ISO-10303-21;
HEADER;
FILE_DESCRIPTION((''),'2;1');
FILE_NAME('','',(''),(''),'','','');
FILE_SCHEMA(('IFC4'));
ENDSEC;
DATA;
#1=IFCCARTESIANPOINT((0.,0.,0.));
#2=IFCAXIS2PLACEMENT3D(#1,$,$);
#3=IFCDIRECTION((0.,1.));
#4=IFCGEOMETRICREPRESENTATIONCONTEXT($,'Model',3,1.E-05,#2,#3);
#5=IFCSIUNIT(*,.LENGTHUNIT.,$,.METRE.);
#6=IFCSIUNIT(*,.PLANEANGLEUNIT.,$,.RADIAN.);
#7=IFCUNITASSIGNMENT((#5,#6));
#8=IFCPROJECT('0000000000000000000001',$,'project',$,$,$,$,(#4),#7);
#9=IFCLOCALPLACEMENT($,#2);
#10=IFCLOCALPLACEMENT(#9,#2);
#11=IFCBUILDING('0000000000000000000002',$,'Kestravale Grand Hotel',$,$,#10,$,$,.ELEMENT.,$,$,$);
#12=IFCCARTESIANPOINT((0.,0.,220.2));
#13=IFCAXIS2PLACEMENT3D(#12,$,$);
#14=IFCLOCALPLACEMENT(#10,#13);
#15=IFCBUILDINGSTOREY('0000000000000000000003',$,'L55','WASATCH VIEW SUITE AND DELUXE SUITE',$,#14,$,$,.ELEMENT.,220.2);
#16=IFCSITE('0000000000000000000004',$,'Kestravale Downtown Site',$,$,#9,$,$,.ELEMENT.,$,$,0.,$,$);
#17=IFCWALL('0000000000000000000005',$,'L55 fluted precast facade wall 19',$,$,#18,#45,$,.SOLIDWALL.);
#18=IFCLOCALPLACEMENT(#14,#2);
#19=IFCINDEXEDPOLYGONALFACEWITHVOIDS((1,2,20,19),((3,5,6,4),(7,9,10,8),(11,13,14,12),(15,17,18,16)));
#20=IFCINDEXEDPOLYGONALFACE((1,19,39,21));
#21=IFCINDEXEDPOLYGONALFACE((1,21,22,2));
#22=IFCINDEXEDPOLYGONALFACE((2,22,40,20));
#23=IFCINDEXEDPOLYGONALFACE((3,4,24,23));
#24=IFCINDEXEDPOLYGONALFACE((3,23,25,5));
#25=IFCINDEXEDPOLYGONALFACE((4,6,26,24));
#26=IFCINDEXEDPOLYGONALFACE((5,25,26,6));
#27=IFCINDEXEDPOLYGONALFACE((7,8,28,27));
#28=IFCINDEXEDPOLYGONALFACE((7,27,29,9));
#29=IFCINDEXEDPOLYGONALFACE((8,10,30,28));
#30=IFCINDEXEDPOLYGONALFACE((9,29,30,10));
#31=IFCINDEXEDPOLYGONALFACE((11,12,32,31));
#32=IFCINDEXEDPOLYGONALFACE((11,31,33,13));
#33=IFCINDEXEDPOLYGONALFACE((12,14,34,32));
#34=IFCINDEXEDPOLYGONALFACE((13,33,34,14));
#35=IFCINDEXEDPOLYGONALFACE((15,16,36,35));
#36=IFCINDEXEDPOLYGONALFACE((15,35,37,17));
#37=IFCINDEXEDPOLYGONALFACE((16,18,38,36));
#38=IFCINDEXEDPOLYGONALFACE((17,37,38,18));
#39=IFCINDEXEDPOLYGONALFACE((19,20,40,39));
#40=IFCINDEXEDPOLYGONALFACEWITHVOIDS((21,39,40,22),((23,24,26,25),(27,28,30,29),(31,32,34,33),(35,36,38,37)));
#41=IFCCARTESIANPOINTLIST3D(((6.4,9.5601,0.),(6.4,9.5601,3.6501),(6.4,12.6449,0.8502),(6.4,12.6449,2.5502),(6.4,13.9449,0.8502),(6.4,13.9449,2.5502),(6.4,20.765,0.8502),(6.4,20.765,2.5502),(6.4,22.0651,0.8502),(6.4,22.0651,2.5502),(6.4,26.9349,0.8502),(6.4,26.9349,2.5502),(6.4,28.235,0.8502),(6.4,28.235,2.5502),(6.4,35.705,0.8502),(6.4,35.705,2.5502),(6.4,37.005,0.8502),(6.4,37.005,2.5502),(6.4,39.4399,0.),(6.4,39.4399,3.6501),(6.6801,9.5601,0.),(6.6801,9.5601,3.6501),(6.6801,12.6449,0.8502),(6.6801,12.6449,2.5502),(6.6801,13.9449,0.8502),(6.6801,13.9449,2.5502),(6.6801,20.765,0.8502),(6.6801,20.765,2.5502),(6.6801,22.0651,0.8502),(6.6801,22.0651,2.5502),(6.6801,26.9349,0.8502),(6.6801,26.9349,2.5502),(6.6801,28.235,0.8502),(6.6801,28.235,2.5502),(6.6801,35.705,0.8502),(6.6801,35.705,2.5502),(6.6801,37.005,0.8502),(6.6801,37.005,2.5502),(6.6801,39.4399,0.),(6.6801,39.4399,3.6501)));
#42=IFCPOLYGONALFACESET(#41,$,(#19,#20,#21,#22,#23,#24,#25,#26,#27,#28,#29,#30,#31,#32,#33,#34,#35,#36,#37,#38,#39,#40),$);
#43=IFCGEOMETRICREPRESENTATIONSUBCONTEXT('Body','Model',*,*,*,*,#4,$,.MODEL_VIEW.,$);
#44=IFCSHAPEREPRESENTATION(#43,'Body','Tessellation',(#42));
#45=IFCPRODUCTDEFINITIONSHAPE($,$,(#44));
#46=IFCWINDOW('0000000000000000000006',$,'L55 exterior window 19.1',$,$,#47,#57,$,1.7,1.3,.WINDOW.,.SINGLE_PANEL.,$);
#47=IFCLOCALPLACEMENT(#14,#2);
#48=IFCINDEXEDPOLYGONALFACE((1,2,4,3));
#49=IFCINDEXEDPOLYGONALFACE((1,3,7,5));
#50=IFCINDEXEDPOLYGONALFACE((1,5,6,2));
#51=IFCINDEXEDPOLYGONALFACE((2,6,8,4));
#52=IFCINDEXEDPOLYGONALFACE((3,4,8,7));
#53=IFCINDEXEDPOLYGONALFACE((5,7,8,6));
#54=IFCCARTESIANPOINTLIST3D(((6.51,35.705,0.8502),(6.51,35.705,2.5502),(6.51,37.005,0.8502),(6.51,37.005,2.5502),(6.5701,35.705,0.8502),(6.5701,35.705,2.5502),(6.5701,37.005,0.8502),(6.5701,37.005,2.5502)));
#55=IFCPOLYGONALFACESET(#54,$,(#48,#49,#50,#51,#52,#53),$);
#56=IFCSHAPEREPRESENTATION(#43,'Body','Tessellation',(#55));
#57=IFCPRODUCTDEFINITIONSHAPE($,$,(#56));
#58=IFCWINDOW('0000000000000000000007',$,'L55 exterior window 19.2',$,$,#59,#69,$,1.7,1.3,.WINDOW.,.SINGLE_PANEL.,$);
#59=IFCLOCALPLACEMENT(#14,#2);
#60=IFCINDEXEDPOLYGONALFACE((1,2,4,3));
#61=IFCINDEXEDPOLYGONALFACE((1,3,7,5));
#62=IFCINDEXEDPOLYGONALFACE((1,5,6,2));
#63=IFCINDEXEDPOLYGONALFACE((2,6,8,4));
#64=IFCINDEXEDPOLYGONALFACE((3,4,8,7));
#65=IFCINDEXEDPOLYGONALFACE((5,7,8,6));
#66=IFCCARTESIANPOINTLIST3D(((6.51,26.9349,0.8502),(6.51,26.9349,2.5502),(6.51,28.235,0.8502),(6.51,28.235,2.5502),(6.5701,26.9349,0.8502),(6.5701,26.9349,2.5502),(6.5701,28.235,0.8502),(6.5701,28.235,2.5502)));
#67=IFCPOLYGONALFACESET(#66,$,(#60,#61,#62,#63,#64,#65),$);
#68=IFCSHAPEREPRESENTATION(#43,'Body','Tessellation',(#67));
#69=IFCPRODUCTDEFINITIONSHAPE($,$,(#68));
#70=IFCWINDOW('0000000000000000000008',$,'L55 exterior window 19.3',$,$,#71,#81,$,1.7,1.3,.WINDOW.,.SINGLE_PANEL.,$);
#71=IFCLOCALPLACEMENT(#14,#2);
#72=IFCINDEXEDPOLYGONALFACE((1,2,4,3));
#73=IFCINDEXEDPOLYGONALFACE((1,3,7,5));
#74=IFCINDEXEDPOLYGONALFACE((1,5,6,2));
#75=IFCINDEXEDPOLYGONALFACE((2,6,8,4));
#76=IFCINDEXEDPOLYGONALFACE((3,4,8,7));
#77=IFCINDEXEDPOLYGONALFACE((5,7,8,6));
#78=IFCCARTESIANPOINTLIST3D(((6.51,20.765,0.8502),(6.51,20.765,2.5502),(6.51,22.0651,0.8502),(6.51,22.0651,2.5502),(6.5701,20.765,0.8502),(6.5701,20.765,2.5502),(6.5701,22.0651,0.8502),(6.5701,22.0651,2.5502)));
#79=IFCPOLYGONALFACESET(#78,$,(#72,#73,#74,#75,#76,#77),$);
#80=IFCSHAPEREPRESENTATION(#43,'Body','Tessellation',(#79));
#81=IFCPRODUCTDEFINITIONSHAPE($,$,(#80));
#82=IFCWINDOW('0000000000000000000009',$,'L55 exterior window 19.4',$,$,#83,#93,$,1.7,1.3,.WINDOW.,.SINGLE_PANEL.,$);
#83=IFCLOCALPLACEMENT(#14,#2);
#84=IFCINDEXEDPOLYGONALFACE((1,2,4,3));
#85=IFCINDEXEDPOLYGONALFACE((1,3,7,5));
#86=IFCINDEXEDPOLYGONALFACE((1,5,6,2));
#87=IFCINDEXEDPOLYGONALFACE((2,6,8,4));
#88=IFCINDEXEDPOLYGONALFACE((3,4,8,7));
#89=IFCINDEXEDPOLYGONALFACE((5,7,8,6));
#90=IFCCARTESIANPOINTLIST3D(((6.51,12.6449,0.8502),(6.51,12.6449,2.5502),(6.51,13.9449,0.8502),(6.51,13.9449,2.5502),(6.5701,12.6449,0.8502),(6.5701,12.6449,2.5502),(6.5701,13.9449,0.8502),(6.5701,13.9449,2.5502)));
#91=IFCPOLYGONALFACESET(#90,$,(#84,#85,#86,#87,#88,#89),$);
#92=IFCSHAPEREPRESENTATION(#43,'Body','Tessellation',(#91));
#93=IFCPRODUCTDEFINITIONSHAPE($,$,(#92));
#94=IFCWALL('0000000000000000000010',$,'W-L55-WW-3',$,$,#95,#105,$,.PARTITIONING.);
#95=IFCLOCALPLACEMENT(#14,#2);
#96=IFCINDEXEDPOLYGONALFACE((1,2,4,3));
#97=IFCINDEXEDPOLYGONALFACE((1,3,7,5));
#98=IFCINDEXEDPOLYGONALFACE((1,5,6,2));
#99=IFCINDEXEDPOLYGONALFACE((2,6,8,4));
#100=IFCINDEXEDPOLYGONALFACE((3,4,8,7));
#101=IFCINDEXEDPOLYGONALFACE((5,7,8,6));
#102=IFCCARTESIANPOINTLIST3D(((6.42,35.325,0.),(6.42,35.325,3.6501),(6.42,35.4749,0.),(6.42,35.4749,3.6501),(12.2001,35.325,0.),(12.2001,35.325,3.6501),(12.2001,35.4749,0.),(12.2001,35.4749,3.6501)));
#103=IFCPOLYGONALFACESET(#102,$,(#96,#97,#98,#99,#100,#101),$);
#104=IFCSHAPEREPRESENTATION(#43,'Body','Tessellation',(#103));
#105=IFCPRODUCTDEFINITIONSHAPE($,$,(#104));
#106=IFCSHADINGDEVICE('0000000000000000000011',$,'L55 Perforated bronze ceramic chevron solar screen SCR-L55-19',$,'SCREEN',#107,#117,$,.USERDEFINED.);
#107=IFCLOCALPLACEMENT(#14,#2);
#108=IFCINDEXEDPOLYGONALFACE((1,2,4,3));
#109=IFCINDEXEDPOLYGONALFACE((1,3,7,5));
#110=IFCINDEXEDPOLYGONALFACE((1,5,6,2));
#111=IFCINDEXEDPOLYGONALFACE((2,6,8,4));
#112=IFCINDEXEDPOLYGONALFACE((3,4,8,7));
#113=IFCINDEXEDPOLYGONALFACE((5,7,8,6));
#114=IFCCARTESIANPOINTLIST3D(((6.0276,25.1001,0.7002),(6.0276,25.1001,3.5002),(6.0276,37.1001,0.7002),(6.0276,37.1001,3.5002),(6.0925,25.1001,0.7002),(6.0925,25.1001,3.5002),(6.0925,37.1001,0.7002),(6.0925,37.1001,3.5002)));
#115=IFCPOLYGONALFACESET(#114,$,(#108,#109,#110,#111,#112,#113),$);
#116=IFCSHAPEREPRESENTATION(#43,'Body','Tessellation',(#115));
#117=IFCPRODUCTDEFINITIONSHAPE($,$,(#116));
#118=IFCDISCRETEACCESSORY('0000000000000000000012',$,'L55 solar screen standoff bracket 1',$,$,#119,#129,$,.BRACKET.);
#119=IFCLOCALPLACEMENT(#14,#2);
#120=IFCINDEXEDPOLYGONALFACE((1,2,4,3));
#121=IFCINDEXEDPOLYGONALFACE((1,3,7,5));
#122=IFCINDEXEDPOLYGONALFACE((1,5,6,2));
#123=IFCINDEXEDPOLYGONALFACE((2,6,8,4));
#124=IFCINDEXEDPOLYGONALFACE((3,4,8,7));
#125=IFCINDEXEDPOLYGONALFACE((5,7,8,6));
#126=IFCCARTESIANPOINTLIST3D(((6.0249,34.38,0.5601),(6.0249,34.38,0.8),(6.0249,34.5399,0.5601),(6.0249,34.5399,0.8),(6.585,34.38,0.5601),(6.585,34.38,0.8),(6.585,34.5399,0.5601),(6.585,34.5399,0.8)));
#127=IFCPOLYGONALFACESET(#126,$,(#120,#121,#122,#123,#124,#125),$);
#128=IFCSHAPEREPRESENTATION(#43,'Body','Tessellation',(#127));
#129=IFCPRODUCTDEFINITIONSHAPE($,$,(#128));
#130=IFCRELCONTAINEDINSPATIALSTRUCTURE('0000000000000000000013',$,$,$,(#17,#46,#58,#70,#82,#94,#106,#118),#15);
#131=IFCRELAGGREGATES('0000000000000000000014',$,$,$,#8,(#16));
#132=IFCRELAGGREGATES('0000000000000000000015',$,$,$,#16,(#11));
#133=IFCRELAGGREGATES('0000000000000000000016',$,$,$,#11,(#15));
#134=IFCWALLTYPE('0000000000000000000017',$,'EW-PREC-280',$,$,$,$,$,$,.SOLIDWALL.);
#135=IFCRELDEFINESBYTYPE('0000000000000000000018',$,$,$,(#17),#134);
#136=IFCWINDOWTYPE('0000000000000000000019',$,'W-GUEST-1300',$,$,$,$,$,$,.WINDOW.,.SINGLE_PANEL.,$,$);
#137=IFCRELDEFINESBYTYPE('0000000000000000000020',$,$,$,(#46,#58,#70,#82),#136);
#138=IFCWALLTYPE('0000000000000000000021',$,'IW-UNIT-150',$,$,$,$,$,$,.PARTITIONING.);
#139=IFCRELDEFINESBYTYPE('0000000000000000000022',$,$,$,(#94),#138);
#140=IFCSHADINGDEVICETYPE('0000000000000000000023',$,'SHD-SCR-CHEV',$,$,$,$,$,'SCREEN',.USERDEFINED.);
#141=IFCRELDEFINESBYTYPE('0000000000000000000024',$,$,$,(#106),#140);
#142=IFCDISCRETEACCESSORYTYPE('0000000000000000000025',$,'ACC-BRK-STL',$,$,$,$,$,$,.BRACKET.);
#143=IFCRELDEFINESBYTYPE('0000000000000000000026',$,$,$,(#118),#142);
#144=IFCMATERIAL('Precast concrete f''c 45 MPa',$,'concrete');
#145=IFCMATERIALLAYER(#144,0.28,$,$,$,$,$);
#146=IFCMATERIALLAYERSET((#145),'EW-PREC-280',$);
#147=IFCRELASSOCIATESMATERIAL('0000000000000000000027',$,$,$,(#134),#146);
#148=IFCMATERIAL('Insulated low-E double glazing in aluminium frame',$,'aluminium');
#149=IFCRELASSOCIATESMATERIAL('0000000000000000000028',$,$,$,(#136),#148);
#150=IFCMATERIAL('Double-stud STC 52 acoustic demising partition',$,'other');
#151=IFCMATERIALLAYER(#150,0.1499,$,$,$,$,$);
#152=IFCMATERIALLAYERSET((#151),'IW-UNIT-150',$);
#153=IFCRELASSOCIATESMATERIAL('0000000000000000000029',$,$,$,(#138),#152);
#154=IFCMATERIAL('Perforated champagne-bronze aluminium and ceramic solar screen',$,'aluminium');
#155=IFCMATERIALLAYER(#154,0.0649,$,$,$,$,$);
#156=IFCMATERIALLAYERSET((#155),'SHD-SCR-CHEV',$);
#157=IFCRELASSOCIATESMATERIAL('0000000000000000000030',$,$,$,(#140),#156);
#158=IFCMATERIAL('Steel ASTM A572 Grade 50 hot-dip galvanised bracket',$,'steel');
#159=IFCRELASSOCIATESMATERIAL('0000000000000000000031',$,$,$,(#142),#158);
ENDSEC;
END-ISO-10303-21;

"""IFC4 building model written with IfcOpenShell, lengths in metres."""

from ifc_helpers import new_model, si_unit, direction, frame, frame_2d, origin, origin_2d, place, context, subcontext, project, spatial, rectangle, extrude, material, layer, layer_set, type_object, element, fill, save


model = new_model("IFC4")

# Units and contexts
model_context = context("Model", 3, precision=1e-05, world=origin(), true_north=direction((0.0, 1.0)))
body_context = subcontext(model_context, "Body", "Model", "MODEL_VIEW")
ifc_project = project(units=[si_unit("LENGTHUNIT", "METRE"), si_unit("PLANEANGLEUNIT", "RADIAN")], contexts=[model_context])

# Site, building, storey
site_placement = place(None, origin())
site = spatial("IfcSite", under=ifc_project, at=site_placement, Name="Kestravale Downtown Site", CompositionType="ELEMENT", RefElevation=0.0)
building_placement = place(site_placement, origin())
building = spatial("IfcBuilding", under=site, at=building_placement, Name="Kestravale Grand Hotel", CompositionType="ELEMENT")
storey_placement = place(building_placement, frame((0.0, 0.0, 220.2)))
storey = spatial("IfcBuildingStorey", under=building, at=storey_placement, Name="L55", Description="WASATCH VIEW SUITE AND DELUXE SUITE", CompositionType="ELEMENT", Elevation=220.2)

# Wall, openings, windows
ifc_material_1 = material(Name="Precast concrete f'c 45 MPa", Category="concrete")
ifc_layer_1 = layer(ifc_material_1, 0.28)
ifc_layer_set_1 = layer_set([ifc_layer_1], Name="EW-PREC-280")
wall_type_1 = type_object("IfcWallType", Name="EW-PREC-280", PredefinedType="SOLIDWALL", material=ifc_layer_set_1)
wall_1_placement = place(storey_placement, frame((6.54, 39.4399, 0.0), z_axis=(0.0, 0.0, 1.0), x_axis=(0.0, -1.0, 0.0)))
wall_1 = element("IfcWall", 1, at=wall_1_placement, inside=storey, type_object=wall_type_1, Name="L55 fluted precast facade wall 19", PredefinedType="SOLIDWALL", context=body_context, shape_type="SweptSolid", body=[
    extrude(rectangle(XDim=29.8799, YDim=0.28, at=frame_2d((14.9399, 0.0))), origin(), (0.0, 0.0, 1.0), 3.6501),
])
opening_1_placement = place(wall_1_placement, frame((2.4351, 0.0, 0.8501)))
opening_1 = element("IfcOpeningElement", 2, at=opening_1_placement, cuts=wall_1, PredefinedType="OPENING", context=body_context, shape_type="SweptSolid", body=[
    extrude(rectangle(XDim=1.3, YDim=1.7, at=frame_2d((0.6499, 0.8501))), frame((0.0, 0.1499, 0.0), z_axis=(0.0, -1.0, 0.0), x_axis=(1.0, 0.0, 0.0)), (0.0, 0.0, 1.0), 0.3),
])
opening_2_placement = place(wall_1_placement, frame((11.2051, 0.0, 0.8501)))
opening_2 = element("IfcOpeningElement", 3, at=opening_2_placement, cuts=wall_1, PredefinedType="OPENING", context=body_context, shape_type="SweptSolid", body=[
    extrude(rectangle(XDim=1.3, YDim=1.7, at=frame_2d((0.6499, 0.8501))), frame((0.0, 0.1499, 0.0), z_axis=(0.0, -1.0, 0.0), x_axis=(1.0, 0.0, 0.0)), (0.0, 0.0, 1.0), 0.3),
])
opening_3_placement = place(wall_1_placement, frame((17.375, 0.0, 0.8501)))
opening_3 = element("IfcOpeningElement", 4, at=opening_3_placement, cuts=wall_1, PredefinedType="OPENING", context=body_context, shape_type="SweptSolid", body=[
    extrude(rectangle(XDim=1.3, YDim=1.7, at=frame_2d((0.6499, 0.8501))), frame((0.0, 0.1499, 0.0), z_axis=(0.0, -1.0, 0.0), x_axis=(1.0, 0.0, 0.0)), (0.0, 0.0, 1.0), 0.3),
])
opening_4_placement = place(wall_1_placement, frame((25.4951, 0.0, 0.8501)))
opening_4 = element("IfcOpeningElement", 5, at=opening_4_placement, cuts=wall_1, PredefinedType="OPENING", context=body_context, shape_type="SweptSolid", body=[
    extrude(rectangle(XDim=1.3, YDim=1.7, at=frame_2d((0.6499, 0.8501))), frame((0.0, 0.1499, 0.0), z_axis=(0.0, -1.0, 0.0), x_axis=(1.0, 0.0, 0.0)), (0.0, 0.0, 1.0), 0.3),
])
ifc_material_2 = material(Name="Insulated low-E double glazing in aluminium frame", Category="aluminium")
window_type = type_object("IfcWindowType", Name="W-GUEST-1300", PartitioningType="SINGLE_PANEL", PredefinedType="WINDOW", material=ifc_material_2)
window_1_placement = place(opening_1_placement, origin())
window_1 = element("IfcWindow", 6, at=window_1_placement, inside=storey, type_object=window_type, Name="L55 exterior window 19.1", OverallHeight=1.7, OverallWidth=1.3, PartitioningType="SINGLE_PANEL", PredefinedType="WINDOW", context=body_context, shape_type="SweptSolid", body=[
    extrude(rectangle(XDim=1.3, YDim=1.7, at=frame_2d((0.6499, 0.8501))), frame((0.0, 0.03, 0.0), z_axis=(0.0, -1.0, 0.0), x_axis=(1.0, 0.0, 0.0)), (0.0, 0.0, 1.0), 0.0601),
])
fill(opening_1, window_1)
window_2_placement = place(opening_2_placement, origin())
window_2 = element("IfcWindow", 7, at=window_2_placement, inside=storey, type_object=window_type, Name="L55 exterior window 19.2", OverallHeight=1.7, OverallWidth=1.3, PartitioningType="SINGLE_PANEL", PredefinedType="WINDOW", context=body_context, shape_type="SweptSolid", body=[
    extrude(rectangle(XDim=1.3, YDim=1.7, at=frame_2d((0.6499, 0.8501))), frame((0.0, 0.03, 0.0), z_axis=(0.0, -1.0, 0.0), x_axis=(1.0, 0.0, 0.0)), (0.0, 0.0, 1.0), 0.0601),
])
fill(opening_2, window_2)
window_3_placement = place(opening_3_placement, origin())
window_3 = element("IfcWindow", 8, at=window_3_placement, inside=storey, type_object=window_type, Name="L55 exterior window 19.3", OverallHeight=1.7, OverallWidth=1.3, PartitioningType="SINGLE_PANEL", PredefinedType="WINDOW", context=body_context, shape_type="SweptSolid", body=[
    extrude(rectangle(XDim=1.3, YDim=1.7, at=frame_2d((0.6499, 0.8501))), frame((0.0, 0.03, 0.0), z_axis=(0.0, -1.0, 0.0), x_axis=(1.0, 0.0, 0.0)), (0.0, 0.0, 1.0), 0.0601),
])
fill(opening_3, window_3)
window_4_placement = place(opening_4_placement, origin())
window_4 = element("IfcWindow", 9, at=window_4_placement, inside=storey, type_object=window_type, Name="L55 exterior window 19.4", OverallHeight=1.7, OverallWidth=1.3, PartitioningType="SINGLE_PANEL", PredefinedType="WINDOW", context=body_context, shape_type="SweptSolid", body=[
    extrude(rectangle(XDim=1.3, YDim=1.7, at=frame_2d((0.6499, 0.8501))), frame((0.0, 0.03, 0.0), z_axis=(0.0, -1.0, 0.0), x_axis=(1.0, 0.0, 0.0)), (0.0, 0.0, 1.0), 0.0601),
])
fill(opening_4, window_4)

# Wall
ifc_material_3 = material(Name="Double-stud STC 52 acoustic demising partition", Category="other")
ifc_layer_2 = layer(ifc_material_3, 0.1499)
ifc_layer_set_2 = layer_set([ifc_layer_2], Name="IW-UNIT-150")
wall_type_2 = type_object("IfcWallType", Name="IW-UNIT-150", PredefinedType="PARTITIONING", material=ifc_layer_set_2)
wall_2_placement = place(storey_placement, frame((6.4199, 35.3999, 0.0), z_axis=(0.0, 0.0, 1.0), x_axis=(1.0, 0.0, 0.0)))
element("IfcWall", 10, at=wall_2_placement, inside=storey, type_object=wall_type_2, Name="W-L55-WW-3", PredefinedType="PARTITIONING", context=body_context, shape_type="SweptSolid", body=[
    extrude(rectangle(XDim=5.78, YDim=0.1499, at=frame_2d((2.8901, 0.0))), origin(), (0.0, 0.0, 1.0), 3.6501),
])

# Shading device
ifc_material_4 = material(Name="Perforated champagne-bronze aluminium and ceramic solar screen", Category="aluminium")
ifc_layer_3 = layer(ifc_material_4, 0.0649)
ifc_layer_set_3 = layer_set([ifc_layer_3], Name="SHD-SCR-CHEV")
shading_device_type = type_object("IfcShadingDeviceType", Name="SHD-SCR-CHEV", ElementType="SCREEN", PredefinedType="USERDEFINED", material=ifc_layer_set_3)
shading_device_placement = place(storey_placement, frame((6.0601, 31.1001, 0.7002), z_axis=(0.0, 0.0, 1.0), x_axis=(0.0, -1.0, 0.0)))
element("IfcShadingDevice", 11, at=shading_device_placement, inside=storey, type_object=shading_device_type, Name="L55 Perforated bronze ceramic chevron solar screen SCR-L55-19", ObjectType="SCREEN", PredefinedType="USERDEFINED", context=body_context, shape_type="SweptSolid", body=[
    extrude(rectangle(XDim=12.0, YDim=0.0649, at=origin_2d()), origin(), (0.0, 0.0, 1.0), 2.8),
])

# Discrete accessory
ifc_material_5 = material(Name="Steel ASTM A572 Grade 50 hot-dip galvanised bracket", Category="steel")
discrete_accessory_type = type_object("IfcDiscreteAccessoryType", Name="ACC-BRK-STL", PredefinedType="BRACKET", material=ifc_material_5)
discrete_accessory_placement = place(storey_placement, frame((6.3049, 34.46, 0.5601), z_axis=(0.0, 0.0, 1.0), x_axis=(0.0, -1.0, 0.0)))
element("IfcDiscreteAccessory", 12, at=discrete_accessory_placement, inside=storey, type_object=discrete_accessory_type, Name="L55 solar screen standoff bracket 1", PredefinedType="BRACKET", context=body_context, shape_type="SweptSolid", body=[
    extrude(rectangle(XDim=0.1599, YDim=0.5601, at=origin_2d()), origin(), (0.0, 0.0, 1.0), 0.24),
])

save(model, "model.ifc")
